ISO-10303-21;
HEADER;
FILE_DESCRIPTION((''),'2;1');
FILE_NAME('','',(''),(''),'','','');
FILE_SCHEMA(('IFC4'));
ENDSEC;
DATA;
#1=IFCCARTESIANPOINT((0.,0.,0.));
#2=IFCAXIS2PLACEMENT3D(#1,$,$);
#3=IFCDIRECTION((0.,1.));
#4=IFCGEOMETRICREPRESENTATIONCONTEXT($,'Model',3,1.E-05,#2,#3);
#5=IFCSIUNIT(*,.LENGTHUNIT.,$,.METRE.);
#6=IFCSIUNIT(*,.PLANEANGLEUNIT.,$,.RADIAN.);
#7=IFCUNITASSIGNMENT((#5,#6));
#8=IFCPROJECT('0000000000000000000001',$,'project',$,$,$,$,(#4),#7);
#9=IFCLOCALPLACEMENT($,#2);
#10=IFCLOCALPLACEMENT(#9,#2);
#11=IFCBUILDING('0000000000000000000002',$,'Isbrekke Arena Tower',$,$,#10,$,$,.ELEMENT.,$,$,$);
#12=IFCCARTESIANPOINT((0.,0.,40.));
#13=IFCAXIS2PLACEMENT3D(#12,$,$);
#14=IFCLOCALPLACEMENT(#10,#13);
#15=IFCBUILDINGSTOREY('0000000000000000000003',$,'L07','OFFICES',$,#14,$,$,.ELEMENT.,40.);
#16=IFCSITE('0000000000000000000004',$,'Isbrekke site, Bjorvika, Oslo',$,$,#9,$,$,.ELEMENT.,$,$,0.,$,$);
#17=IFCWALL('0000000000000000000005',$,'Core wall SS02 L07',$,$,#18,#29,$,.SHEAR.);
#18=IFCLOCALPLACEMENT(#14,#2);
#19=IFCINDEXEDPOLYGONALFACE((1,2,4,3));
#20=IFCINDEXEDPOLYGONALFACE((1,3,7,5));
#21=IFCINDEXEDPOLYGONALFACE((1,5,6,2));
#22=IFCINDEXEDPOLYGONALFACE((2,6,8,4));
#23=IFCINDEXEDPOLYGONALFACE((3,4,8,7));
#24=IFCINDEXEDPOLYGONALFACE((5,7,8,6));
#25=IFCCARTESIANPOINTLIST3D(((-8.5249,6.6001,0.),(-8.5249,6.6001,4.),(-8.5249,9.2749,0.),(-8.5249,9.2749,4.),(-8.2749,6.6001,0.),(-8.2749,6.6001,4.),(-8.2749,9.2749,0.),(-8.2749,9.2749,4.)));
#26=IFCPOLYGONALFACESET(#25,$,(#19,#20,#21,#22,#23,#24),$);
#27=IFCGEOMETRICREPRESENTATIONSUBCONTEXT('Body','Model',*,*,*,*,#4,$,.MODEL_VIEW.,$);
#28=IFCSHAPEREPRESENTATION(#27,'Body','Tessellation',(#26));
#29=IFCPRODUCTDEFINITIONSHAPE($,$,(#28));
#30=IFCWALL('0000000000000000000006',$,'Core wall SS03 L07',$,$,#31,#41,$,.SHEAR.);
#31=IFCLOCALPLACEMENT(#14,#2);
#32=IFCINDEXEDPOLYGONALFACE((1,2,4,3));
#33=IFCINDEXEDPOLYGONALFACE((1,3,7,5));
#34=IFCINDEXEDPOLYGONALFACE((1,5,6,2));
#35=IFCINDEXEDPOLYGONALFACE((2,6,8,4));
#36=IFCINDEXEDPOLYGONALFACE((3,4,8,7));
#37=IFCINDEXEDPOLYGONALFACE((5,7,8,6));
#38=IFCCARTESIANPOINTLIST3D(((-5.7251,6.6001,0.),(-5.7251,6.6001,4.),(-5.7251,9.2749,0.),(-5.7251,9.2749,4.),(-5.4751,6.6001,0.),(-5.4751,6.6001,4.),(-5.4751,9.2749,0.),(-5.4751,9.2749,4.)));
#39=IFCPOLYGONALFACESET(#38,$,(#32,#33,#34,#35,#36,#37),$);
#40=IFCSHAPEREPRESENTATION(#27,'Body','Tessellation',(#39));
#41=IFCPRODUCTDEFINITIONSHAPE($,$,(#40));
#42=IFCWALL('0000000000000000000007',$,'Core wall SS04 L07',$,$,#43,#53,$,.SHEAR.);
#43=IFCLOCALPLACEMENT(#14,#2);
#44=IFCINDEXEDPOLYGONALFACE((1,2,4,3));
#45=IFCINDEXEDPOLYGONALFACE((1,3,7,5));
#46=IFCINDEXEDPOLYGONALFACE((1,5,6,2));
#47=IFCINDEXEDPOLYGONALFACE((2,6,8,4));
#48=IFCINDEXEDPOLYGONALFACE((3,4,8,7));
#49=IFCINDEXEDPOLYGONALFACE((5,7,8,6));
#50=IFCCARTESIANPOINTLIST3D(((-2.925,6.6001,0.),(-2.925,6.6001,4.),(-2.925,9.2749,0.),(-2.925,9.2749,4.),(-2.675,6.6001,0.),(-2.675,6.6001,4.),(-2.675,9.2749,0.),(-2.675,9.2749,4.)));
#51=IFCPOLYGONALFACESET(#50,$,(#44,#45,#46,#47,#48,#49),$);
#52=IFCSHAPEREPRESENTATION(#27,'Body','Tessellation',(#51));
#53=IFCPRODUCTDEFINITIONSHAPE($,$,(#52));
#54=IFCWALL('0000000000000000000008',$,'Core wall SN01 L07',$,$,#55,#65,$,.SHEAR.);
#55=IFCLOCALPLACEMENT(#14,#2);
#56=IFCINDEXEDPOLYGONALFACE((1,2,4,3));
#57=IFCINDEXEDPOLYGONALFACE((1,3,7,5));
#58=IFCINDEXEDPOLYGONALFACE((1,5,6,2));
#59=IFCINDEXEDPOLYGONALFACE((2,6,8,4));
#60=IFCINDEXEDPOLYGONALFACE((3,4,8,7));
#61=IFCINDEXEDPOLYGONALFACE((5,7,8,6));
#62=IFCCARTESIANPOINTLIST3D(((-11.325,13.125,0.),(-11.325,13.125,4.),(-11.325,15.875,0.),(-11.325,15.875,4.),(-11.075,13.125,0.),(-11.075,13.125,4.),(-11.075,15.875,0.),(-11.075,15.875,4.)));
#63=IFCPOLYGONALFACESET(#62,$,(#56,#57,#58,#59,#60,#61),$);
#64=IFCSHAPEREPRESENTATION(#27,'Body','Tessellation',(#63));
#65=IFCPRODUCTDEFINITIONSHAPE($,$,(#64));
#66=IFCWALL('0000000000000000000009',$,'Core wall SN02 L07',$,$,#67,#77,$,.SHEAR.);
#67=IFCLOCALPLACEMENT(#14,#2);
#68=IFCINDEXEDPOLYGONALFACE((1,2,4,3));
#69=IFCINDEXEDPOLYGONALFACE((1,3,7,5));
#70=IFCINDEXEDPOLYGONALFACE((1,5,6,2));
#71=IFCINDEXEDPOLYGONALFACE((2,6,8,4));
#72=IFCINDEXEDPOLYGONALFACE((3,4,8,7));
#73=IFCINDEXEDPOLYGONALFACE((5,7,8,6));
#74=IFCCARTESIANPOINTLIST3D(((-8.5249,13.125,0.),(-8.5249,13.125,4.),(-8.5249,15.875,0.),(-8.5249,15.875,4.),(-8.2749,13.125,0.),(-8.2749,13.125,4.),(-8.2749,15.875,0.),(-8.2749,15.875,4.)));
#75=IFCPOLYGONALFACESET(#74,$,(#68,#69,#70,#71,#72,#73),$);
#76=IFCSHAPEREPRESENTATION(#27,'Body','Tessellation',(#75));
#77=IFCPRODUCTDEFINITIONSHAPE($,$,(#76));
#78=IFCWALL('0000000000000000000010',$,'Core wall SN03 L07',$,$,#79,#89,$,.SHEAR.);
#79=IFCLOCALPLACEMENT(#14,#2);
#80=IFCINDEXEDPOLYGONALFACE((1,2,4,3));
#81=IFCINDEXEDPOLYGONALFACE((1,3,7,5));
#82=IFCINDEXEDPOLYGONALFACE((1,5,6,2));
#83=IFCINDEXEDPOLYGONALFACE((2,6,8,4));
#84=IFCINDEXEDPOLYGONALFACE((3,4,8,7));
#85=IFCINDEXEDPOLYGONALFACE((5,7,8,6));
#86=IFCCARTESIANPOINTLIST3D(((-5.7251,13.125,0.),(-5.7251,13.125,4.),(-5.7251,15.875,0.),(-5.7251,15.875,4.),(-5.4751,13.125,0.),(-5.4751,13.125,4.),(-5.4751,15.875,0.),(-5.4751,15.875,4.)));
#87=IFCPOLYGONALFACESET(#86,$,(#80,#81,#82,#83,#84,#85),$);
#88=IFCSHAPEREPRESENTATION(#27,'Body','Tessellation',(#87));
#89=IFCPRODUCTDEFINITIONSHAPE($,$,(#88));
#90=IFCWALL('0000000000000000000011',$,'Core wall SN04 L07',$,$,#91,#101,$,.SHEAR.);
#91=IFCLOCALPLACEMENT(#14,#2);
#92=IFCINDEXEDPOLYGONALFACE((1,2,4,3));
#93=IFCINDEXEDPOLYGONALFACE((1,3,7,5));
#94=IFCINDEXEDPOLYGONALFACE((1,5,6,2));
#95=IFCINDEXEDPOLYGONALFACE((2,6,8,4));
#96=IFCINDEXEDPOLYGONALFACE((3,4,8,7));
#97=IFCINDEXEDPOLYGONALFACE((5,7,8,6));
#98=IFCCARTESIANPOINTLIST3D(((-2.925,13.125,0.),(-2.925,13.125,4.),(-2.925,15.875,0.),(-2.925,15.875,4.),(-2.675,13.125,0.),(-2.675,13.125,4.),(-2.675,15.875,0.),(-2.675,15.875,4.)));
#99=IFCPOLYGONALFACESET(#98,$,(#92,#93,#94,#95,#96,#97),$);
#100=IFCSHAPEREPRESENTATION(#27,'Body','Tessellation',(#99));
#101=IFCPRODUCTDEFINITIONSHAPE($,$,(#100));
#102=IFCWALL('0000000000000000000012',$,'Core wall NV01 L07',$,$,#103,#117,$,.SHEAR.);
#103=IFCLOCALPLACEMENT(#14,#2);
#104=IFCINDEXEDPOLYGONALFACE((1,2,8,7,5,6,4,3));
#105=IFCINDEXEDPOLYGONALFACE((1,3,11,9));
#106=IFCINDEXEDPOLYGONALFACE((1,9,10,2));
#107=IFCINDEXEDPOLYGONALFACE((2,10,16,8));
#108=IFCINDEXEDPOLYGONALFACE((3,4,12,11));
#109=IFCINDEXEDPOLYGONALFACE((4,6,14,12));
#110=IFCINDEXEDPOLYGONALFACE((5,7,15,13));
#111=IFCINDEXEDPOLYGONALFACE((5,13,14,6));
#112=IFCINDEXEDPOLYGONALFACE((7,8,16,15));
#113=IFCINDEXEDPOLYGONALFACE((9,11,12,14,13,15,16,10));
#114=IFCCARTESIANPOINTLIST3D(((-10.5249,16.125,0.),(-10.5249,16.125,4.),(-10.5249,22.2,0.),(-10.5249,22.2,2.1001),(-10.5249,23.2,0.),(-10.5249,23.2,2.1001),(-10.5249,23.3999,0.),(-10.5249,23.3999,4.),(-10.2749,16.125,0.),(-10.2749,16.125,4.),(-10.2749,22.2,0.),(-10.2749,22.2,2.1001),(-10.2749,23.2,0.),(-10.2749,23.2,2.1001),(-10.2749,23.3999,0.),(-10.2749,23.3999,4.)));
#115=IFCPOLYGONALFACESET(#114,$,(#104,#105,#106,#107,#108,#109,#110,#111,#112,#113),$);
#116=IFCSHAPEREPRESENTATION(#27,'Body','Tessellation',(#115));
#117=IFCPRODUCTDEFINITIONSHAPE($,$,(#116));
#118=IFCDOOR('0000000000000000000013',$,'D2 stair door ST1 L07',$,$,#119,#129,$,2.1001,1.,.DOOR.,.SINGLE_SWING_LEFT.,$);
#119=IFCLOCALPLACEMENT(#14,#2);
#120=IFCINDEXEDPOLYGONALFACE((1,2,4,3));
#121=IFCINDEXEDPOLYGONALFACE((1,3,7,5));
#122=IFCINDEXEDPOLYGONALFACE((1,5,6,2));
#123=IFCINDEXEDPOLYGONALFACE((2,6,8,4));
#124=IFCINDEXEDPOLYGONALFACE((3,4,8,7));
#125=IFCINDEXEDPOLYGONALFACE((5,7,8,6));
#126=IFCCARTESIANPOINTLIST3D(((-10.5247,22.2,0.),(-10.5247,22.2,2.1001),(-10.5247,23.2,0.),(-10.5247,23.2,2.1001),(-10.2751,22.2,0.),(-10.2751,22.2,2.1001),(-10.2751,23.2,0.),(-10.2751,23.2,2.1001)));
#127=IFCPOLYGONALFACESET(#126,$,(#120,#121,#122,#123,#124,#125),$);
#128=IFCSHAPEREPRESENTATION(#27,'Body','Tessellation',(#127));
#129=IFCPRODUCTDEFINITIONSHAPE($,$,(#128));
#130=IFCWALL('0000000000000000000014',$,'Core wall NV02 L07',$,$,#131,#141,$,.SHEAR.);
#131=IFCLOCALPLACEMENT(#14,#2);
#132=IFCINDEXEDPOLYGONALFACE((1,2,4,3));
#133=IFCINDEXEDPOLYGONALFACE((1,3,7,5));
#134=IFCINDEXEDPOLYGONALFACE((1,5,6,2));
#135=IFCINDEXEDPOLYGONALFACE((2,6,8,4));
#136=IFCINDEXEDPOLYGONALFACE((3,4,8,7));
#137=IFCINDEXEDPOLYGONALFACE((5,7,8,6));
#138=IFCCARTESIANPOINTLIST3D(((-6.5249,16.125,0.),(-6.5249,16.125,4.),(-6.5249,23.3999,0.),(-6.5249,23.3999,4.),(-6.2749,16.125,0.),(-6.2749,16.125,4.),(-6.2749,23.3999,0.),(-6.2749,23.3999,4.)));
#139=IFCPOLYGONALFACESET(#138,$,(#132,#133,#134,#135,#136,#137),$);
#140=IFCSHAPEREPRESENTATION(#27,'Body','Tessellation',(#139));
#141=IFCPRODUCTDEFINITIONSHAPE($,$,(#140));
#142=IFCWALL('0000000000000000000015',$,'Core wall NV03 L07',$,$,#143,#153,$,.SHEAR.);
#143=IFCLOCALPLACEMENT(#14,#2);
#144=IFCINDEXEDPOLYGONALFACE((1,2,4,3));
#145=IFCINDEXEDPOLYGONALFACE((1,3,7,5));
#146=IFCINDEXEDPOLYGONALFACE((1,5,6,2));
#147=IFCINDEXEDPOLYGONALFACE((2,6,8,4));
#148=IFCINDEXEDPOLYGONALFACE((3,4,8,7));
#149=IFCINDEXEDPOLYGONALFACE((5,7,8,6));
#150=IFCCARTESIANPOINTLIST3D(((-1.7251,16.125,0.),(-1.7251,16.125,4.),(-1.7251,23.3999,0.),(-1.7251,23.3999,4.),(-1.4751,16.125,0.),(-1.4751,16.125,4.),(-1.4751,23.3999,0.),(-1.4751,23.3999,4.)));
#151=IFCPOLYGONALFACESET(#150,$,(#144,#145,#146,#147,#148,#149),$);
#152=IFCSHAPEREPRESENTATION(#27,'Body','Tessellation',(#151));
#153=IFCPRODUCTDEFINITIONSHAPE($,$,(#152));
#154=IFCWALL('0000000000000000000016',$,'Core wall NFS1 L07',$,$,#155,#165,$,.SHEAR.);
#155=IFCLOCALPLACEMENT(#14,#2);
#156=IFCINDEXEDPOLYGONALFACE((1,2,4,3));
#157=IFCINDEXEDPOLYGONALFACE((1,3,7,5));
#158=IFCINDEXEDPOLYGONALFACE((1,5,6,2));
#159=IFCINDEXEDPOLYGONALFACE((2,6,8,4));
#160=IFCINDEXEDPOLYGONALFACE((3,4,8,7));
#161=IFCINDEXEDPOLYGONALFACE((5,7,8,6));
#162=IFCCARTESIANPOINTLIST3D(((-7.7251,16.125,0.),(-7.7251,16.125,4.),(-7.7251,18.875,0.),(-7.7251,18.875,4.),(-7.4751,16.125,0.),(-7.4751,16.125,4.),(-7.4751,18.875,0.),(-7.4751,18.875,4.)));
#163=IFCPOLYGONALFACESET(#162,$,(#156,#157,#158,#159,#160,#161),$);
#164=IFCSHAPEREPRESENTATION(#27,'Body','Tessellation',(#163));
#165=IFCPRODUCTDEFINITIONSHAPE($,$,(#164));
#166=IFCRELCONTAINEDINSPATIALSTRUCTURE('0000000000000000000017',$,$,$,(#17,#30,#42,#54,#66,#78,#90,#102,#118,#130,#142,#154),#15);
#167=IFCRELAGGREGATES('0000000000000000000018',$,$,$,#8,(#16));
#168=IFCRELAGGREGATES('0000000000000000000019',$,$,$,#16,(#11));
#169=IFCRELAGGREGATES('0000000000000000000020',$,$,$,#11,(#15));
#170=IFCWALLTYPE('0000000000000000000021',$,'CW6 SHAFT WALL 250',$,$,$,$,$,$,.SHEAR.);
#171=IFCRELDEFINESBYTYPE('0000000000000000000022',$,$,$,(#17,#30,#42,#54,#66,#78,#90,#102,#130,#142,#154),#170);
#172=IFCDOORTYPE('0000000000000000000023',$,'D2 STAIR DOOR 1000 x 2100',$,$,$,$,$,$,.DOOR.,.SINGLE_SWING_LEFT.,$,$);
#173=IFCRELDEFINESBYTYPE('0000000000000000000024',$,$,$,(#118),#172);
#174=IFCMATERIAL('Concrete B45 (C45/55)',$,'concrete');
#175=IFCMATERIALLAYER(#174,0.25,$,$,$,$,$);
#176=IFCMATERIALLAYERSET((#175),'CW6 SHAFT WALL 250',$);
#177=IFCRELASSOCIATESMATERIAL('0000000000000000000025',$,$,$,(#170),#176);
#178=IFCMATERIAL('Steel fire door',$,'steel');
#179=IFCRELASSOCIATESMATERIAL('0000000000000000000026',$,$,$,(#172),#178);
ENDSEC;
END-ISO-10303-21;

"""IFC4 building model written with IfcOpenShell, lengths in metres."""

from ifc_helpers import new_model, si_unit, direction, frame, frame_2d, origin, place, context, subcontext, project, spatial, rectangle, extrude, material, layer, layer_set, type_object, element, fill, save


model = new_model("IFC4")

# Units and contexts
model_context = context("Model", 3, precision=1e-05, world=origin(), true_north=direction((0.0, 1.0)))
body_context = subcontext(model_context, "Body", "Model", "MODEL_VIEW")
ifc_project = project(units=[si_unit("LENGTHUNIT", "METRE"), si_unit("PLANEANGLEUNIT", "RADIAN")], contexts=[model_context])

# Site, building, storey
site_placement = place(None, origin())
site = spatial("IfcSite", under=ifc_project, at=site_placement, Name="Isbrekke site, Bjorvika, Oslo", CompositionType="ELEMENT", RefElevation=0.0)
building_placement = place(site_placement, origin())
building = spatial("IfcBuilding", under=site, at=building_placement, Name="Isbrekke Arena Tower", CompositionType="ELEMENT")
storey_placement = place(building_placement, frame((0.0, 0.0, 40.0)))
storey = spatial("IfcBuildingStorey", under=building, at=storey_placement, Name="L07", Description="OFFICES", CompositionType="ELEMENT", Elevation=40.0)

# Shared definitions
ifc_material_1 = material(Name="Concrete B45 (C45/55)", Category="concrete")
ifc_layer_1 = layer(ifc_material_1, 0.25)
ifc_layer_set_1 = layer_set([ifc_layer_1], Name="CW6 SHAFT WALL 250")
wall_type_1 = type_object("IfcWallType", Name="CW6 SHAFT WALL 250", PredefinedType="SHEAR", material=ifc_layer_set_1)

# Walls
for number, where, z_axis, x_axis, name in (
    (1, (-8.3999, 6.6001, 0.0), (0.0, 0.0, 1.0), (0.0, 1.0, 0.0), "Core wall SS02 L07"),
    (2, (-5.6001, 6.6001, 0.0), (0.0, 0.0, 1.0), (0.0, 1.0, 0.0), "Core wall SS03 L07"),
    (3, (-2.8, 6.6001, 0.0), (0.0, 0.0, 1.0), (0.0, 1.0, 0.0), "Core wall SS04 L07"),
):
    element("IfcWall", number, at=place(storey_placement, frame(where, z_axis=z_axis, x_axis=x_axis)), inside=storey, type_object=wall_type_1, Name=name, PredefinedType="SHEAR", context=body_context, shape_type="SweptSolid", body=[
        extrude(rectangle(XDim=2.6748, YDim=0.25, at=frame_2d((1.3374, 0.0))), origin(), (0.0, 0.0, 1.0), 4.0),
    ])
for number, where, z_axis, x_axis, name in (
    (4, (-11.2, 13.125, 0.0), (0.0, 0.0, 1.0), (0.0, 1.0, 0.0), "Core wall SN01 L07"),
    (5, (-8.3999, 13.125, 0.0), (0.0, 0.0, 1.0), (0.0, 1.0, 0.0), "Core wall SN02 L07"),
    (6, (-5.6001, 13.125, 0.0), (0.0, 0.0, 1.0), (0.0, 1.0, 0.0), "Core wall SN03 L07"),
    (7, (-2.8, 13.125, 0.0), (0.0, 0.0, 1.0), (0.0, 1.0, 0.0), "Core wall SN04 L07"),
):
    element("IfcWall", number, at=place(storey_placement, frame(where, z_axis=z_axis, x_axis=x_axis)), inside=storey, type_object=wall_type_1, Name=name, PredefinedType="SHEAR", context=body_context, shape_type="SweptSolid", body=[
        extrude(rectangle(XDim=2.75, YDim=0.25, at=frame_2d((1.375, 0.0))), origin(), (0.0, 0.0, 1.0), 4.0),
    ])

# Wall, opening, door
wall_1_placement = place(storey_placement, frame((-10.3999, 16.125, 0.0), z_axis=(0.0, 0.0, 1.0), x_axis=(0.0, 1.0, 0.0)))
wall_1 = element("IfcWall", 8, at=wall_1_placement, inside=storey, type_object=wall_type_1, Name="Core wall NV01 L07", PredefinedType="SHEAR", context=body_context, shape_type="SweptSolid", body=[
    extrude(rectangle(XDim=7.2749, YDim=0.25, at=frame_2d((3.6375, 0.0))), origin(), (0.0, 0.0, 1.0), 4.0),
])
opening_1_placement = place(wall_1_placement, frame((6.075, 0.0, 0.0)))
opening_1 = element("IfcOpeningElement", 9, at=opening_1_placement, cuts=wall_1, PredefinedType="OPENING", context=body_context, shape_type="SweptSolid", body=[
    extrude(rectangle(XDim=1.0, YDim=2.1001, at=frame_2d((0.5, 1.05))), frame((0.0, 0.1399, 0.0), z_axis=(0.0, -1.0, 0.0), x_axis=(1.0, 0.0, 0.0)), (0.0, 0.0, 1.0), 0.2798),
])
ifc_material_2 = material(Name="Steel fire door", Category="steel")
door_type_1 = type_object("IfcDoorType", Name="D2 STAIR DOOR 1000 x 2100", OperationType="SINGLE_SWING_LEFT", PredefinedType="DOOR", material=ifc_material_2)
door_1_placement = place(opening_1_placement, origin())
door_1 = element("IfcDoor", 10, at=door_1_placement, inside=storey, type_object=door_type_1, Name="D2 stair door ST1 L07", OperationType="SINGLE_SWING_LEFT", OverallHeight=2.1001, OverallWidth=1.0, PredefinedType="DOOR", context=body_context, shape_type="SweptSolid", body=[
    extrude(rectangle(XDim=1.0, YDim=2.1001, at=frame_2d((0.5, 1.05))), frame((0.0, 0.1248, 0.0), z_axis=(0.0, -1.0, 0.0), x_axis=(1.0, 0.0, 0.0)), (0.0, 0.0, 1.0), 0.2495),
])
fill(opening_1, door_1)

# Walls
for number, where, z_axis, x_axis, name in (
    (11, (-6.3999, 16.125, 0.0), (0.0, 0.0, 1.0), (0.0, 1.0, 0.0), "Core wall NV02 L07"),
    (12, (-1.6001, 16.125, 0.0), (0.0, 0.0, 1.0), (0.0, 1.0, 0.0), "Core wall NV03 L07"),
):
    element("IfcWall", number, at=place(storey_placement, frame(where, z_axis=z_axis, x_axis=x_axis)), inside=storey, type_object=wall_type_1, Name=name, PredefinedType="SHEAR", context=body_context, shape_type="SweptSolid", body=[
        extrude(rectangle(XDim=7.2749, YDim=0.25, at=frame_2d((3.6375, 0.0))), origin(), (0.0, 0.0, 1.0), 4.0),
    ])
wall_2_placement = place(storey_placement, frame((-7.6001, 16.125, 0.0), z_axis=(0.0, 0.0, 1.0), x_axis=(0.0, 1.0, 0.0)))
element("IfcWall", 13, at=wall_2_placement, inside=storey, type_object=wall_type_1, Name="Core wall NFS1 L07", PredefinedType="SHEAR", context=body_context, shape_type="SweptSolid", body=[
    extrude(rectangle(XDim=2.75, YDim=0.25, at=frame_2d((1.375, 0.0))), origin(), (0.0, 0.0, 1.0), 4.0),
])

save(model, "model.ifc")
